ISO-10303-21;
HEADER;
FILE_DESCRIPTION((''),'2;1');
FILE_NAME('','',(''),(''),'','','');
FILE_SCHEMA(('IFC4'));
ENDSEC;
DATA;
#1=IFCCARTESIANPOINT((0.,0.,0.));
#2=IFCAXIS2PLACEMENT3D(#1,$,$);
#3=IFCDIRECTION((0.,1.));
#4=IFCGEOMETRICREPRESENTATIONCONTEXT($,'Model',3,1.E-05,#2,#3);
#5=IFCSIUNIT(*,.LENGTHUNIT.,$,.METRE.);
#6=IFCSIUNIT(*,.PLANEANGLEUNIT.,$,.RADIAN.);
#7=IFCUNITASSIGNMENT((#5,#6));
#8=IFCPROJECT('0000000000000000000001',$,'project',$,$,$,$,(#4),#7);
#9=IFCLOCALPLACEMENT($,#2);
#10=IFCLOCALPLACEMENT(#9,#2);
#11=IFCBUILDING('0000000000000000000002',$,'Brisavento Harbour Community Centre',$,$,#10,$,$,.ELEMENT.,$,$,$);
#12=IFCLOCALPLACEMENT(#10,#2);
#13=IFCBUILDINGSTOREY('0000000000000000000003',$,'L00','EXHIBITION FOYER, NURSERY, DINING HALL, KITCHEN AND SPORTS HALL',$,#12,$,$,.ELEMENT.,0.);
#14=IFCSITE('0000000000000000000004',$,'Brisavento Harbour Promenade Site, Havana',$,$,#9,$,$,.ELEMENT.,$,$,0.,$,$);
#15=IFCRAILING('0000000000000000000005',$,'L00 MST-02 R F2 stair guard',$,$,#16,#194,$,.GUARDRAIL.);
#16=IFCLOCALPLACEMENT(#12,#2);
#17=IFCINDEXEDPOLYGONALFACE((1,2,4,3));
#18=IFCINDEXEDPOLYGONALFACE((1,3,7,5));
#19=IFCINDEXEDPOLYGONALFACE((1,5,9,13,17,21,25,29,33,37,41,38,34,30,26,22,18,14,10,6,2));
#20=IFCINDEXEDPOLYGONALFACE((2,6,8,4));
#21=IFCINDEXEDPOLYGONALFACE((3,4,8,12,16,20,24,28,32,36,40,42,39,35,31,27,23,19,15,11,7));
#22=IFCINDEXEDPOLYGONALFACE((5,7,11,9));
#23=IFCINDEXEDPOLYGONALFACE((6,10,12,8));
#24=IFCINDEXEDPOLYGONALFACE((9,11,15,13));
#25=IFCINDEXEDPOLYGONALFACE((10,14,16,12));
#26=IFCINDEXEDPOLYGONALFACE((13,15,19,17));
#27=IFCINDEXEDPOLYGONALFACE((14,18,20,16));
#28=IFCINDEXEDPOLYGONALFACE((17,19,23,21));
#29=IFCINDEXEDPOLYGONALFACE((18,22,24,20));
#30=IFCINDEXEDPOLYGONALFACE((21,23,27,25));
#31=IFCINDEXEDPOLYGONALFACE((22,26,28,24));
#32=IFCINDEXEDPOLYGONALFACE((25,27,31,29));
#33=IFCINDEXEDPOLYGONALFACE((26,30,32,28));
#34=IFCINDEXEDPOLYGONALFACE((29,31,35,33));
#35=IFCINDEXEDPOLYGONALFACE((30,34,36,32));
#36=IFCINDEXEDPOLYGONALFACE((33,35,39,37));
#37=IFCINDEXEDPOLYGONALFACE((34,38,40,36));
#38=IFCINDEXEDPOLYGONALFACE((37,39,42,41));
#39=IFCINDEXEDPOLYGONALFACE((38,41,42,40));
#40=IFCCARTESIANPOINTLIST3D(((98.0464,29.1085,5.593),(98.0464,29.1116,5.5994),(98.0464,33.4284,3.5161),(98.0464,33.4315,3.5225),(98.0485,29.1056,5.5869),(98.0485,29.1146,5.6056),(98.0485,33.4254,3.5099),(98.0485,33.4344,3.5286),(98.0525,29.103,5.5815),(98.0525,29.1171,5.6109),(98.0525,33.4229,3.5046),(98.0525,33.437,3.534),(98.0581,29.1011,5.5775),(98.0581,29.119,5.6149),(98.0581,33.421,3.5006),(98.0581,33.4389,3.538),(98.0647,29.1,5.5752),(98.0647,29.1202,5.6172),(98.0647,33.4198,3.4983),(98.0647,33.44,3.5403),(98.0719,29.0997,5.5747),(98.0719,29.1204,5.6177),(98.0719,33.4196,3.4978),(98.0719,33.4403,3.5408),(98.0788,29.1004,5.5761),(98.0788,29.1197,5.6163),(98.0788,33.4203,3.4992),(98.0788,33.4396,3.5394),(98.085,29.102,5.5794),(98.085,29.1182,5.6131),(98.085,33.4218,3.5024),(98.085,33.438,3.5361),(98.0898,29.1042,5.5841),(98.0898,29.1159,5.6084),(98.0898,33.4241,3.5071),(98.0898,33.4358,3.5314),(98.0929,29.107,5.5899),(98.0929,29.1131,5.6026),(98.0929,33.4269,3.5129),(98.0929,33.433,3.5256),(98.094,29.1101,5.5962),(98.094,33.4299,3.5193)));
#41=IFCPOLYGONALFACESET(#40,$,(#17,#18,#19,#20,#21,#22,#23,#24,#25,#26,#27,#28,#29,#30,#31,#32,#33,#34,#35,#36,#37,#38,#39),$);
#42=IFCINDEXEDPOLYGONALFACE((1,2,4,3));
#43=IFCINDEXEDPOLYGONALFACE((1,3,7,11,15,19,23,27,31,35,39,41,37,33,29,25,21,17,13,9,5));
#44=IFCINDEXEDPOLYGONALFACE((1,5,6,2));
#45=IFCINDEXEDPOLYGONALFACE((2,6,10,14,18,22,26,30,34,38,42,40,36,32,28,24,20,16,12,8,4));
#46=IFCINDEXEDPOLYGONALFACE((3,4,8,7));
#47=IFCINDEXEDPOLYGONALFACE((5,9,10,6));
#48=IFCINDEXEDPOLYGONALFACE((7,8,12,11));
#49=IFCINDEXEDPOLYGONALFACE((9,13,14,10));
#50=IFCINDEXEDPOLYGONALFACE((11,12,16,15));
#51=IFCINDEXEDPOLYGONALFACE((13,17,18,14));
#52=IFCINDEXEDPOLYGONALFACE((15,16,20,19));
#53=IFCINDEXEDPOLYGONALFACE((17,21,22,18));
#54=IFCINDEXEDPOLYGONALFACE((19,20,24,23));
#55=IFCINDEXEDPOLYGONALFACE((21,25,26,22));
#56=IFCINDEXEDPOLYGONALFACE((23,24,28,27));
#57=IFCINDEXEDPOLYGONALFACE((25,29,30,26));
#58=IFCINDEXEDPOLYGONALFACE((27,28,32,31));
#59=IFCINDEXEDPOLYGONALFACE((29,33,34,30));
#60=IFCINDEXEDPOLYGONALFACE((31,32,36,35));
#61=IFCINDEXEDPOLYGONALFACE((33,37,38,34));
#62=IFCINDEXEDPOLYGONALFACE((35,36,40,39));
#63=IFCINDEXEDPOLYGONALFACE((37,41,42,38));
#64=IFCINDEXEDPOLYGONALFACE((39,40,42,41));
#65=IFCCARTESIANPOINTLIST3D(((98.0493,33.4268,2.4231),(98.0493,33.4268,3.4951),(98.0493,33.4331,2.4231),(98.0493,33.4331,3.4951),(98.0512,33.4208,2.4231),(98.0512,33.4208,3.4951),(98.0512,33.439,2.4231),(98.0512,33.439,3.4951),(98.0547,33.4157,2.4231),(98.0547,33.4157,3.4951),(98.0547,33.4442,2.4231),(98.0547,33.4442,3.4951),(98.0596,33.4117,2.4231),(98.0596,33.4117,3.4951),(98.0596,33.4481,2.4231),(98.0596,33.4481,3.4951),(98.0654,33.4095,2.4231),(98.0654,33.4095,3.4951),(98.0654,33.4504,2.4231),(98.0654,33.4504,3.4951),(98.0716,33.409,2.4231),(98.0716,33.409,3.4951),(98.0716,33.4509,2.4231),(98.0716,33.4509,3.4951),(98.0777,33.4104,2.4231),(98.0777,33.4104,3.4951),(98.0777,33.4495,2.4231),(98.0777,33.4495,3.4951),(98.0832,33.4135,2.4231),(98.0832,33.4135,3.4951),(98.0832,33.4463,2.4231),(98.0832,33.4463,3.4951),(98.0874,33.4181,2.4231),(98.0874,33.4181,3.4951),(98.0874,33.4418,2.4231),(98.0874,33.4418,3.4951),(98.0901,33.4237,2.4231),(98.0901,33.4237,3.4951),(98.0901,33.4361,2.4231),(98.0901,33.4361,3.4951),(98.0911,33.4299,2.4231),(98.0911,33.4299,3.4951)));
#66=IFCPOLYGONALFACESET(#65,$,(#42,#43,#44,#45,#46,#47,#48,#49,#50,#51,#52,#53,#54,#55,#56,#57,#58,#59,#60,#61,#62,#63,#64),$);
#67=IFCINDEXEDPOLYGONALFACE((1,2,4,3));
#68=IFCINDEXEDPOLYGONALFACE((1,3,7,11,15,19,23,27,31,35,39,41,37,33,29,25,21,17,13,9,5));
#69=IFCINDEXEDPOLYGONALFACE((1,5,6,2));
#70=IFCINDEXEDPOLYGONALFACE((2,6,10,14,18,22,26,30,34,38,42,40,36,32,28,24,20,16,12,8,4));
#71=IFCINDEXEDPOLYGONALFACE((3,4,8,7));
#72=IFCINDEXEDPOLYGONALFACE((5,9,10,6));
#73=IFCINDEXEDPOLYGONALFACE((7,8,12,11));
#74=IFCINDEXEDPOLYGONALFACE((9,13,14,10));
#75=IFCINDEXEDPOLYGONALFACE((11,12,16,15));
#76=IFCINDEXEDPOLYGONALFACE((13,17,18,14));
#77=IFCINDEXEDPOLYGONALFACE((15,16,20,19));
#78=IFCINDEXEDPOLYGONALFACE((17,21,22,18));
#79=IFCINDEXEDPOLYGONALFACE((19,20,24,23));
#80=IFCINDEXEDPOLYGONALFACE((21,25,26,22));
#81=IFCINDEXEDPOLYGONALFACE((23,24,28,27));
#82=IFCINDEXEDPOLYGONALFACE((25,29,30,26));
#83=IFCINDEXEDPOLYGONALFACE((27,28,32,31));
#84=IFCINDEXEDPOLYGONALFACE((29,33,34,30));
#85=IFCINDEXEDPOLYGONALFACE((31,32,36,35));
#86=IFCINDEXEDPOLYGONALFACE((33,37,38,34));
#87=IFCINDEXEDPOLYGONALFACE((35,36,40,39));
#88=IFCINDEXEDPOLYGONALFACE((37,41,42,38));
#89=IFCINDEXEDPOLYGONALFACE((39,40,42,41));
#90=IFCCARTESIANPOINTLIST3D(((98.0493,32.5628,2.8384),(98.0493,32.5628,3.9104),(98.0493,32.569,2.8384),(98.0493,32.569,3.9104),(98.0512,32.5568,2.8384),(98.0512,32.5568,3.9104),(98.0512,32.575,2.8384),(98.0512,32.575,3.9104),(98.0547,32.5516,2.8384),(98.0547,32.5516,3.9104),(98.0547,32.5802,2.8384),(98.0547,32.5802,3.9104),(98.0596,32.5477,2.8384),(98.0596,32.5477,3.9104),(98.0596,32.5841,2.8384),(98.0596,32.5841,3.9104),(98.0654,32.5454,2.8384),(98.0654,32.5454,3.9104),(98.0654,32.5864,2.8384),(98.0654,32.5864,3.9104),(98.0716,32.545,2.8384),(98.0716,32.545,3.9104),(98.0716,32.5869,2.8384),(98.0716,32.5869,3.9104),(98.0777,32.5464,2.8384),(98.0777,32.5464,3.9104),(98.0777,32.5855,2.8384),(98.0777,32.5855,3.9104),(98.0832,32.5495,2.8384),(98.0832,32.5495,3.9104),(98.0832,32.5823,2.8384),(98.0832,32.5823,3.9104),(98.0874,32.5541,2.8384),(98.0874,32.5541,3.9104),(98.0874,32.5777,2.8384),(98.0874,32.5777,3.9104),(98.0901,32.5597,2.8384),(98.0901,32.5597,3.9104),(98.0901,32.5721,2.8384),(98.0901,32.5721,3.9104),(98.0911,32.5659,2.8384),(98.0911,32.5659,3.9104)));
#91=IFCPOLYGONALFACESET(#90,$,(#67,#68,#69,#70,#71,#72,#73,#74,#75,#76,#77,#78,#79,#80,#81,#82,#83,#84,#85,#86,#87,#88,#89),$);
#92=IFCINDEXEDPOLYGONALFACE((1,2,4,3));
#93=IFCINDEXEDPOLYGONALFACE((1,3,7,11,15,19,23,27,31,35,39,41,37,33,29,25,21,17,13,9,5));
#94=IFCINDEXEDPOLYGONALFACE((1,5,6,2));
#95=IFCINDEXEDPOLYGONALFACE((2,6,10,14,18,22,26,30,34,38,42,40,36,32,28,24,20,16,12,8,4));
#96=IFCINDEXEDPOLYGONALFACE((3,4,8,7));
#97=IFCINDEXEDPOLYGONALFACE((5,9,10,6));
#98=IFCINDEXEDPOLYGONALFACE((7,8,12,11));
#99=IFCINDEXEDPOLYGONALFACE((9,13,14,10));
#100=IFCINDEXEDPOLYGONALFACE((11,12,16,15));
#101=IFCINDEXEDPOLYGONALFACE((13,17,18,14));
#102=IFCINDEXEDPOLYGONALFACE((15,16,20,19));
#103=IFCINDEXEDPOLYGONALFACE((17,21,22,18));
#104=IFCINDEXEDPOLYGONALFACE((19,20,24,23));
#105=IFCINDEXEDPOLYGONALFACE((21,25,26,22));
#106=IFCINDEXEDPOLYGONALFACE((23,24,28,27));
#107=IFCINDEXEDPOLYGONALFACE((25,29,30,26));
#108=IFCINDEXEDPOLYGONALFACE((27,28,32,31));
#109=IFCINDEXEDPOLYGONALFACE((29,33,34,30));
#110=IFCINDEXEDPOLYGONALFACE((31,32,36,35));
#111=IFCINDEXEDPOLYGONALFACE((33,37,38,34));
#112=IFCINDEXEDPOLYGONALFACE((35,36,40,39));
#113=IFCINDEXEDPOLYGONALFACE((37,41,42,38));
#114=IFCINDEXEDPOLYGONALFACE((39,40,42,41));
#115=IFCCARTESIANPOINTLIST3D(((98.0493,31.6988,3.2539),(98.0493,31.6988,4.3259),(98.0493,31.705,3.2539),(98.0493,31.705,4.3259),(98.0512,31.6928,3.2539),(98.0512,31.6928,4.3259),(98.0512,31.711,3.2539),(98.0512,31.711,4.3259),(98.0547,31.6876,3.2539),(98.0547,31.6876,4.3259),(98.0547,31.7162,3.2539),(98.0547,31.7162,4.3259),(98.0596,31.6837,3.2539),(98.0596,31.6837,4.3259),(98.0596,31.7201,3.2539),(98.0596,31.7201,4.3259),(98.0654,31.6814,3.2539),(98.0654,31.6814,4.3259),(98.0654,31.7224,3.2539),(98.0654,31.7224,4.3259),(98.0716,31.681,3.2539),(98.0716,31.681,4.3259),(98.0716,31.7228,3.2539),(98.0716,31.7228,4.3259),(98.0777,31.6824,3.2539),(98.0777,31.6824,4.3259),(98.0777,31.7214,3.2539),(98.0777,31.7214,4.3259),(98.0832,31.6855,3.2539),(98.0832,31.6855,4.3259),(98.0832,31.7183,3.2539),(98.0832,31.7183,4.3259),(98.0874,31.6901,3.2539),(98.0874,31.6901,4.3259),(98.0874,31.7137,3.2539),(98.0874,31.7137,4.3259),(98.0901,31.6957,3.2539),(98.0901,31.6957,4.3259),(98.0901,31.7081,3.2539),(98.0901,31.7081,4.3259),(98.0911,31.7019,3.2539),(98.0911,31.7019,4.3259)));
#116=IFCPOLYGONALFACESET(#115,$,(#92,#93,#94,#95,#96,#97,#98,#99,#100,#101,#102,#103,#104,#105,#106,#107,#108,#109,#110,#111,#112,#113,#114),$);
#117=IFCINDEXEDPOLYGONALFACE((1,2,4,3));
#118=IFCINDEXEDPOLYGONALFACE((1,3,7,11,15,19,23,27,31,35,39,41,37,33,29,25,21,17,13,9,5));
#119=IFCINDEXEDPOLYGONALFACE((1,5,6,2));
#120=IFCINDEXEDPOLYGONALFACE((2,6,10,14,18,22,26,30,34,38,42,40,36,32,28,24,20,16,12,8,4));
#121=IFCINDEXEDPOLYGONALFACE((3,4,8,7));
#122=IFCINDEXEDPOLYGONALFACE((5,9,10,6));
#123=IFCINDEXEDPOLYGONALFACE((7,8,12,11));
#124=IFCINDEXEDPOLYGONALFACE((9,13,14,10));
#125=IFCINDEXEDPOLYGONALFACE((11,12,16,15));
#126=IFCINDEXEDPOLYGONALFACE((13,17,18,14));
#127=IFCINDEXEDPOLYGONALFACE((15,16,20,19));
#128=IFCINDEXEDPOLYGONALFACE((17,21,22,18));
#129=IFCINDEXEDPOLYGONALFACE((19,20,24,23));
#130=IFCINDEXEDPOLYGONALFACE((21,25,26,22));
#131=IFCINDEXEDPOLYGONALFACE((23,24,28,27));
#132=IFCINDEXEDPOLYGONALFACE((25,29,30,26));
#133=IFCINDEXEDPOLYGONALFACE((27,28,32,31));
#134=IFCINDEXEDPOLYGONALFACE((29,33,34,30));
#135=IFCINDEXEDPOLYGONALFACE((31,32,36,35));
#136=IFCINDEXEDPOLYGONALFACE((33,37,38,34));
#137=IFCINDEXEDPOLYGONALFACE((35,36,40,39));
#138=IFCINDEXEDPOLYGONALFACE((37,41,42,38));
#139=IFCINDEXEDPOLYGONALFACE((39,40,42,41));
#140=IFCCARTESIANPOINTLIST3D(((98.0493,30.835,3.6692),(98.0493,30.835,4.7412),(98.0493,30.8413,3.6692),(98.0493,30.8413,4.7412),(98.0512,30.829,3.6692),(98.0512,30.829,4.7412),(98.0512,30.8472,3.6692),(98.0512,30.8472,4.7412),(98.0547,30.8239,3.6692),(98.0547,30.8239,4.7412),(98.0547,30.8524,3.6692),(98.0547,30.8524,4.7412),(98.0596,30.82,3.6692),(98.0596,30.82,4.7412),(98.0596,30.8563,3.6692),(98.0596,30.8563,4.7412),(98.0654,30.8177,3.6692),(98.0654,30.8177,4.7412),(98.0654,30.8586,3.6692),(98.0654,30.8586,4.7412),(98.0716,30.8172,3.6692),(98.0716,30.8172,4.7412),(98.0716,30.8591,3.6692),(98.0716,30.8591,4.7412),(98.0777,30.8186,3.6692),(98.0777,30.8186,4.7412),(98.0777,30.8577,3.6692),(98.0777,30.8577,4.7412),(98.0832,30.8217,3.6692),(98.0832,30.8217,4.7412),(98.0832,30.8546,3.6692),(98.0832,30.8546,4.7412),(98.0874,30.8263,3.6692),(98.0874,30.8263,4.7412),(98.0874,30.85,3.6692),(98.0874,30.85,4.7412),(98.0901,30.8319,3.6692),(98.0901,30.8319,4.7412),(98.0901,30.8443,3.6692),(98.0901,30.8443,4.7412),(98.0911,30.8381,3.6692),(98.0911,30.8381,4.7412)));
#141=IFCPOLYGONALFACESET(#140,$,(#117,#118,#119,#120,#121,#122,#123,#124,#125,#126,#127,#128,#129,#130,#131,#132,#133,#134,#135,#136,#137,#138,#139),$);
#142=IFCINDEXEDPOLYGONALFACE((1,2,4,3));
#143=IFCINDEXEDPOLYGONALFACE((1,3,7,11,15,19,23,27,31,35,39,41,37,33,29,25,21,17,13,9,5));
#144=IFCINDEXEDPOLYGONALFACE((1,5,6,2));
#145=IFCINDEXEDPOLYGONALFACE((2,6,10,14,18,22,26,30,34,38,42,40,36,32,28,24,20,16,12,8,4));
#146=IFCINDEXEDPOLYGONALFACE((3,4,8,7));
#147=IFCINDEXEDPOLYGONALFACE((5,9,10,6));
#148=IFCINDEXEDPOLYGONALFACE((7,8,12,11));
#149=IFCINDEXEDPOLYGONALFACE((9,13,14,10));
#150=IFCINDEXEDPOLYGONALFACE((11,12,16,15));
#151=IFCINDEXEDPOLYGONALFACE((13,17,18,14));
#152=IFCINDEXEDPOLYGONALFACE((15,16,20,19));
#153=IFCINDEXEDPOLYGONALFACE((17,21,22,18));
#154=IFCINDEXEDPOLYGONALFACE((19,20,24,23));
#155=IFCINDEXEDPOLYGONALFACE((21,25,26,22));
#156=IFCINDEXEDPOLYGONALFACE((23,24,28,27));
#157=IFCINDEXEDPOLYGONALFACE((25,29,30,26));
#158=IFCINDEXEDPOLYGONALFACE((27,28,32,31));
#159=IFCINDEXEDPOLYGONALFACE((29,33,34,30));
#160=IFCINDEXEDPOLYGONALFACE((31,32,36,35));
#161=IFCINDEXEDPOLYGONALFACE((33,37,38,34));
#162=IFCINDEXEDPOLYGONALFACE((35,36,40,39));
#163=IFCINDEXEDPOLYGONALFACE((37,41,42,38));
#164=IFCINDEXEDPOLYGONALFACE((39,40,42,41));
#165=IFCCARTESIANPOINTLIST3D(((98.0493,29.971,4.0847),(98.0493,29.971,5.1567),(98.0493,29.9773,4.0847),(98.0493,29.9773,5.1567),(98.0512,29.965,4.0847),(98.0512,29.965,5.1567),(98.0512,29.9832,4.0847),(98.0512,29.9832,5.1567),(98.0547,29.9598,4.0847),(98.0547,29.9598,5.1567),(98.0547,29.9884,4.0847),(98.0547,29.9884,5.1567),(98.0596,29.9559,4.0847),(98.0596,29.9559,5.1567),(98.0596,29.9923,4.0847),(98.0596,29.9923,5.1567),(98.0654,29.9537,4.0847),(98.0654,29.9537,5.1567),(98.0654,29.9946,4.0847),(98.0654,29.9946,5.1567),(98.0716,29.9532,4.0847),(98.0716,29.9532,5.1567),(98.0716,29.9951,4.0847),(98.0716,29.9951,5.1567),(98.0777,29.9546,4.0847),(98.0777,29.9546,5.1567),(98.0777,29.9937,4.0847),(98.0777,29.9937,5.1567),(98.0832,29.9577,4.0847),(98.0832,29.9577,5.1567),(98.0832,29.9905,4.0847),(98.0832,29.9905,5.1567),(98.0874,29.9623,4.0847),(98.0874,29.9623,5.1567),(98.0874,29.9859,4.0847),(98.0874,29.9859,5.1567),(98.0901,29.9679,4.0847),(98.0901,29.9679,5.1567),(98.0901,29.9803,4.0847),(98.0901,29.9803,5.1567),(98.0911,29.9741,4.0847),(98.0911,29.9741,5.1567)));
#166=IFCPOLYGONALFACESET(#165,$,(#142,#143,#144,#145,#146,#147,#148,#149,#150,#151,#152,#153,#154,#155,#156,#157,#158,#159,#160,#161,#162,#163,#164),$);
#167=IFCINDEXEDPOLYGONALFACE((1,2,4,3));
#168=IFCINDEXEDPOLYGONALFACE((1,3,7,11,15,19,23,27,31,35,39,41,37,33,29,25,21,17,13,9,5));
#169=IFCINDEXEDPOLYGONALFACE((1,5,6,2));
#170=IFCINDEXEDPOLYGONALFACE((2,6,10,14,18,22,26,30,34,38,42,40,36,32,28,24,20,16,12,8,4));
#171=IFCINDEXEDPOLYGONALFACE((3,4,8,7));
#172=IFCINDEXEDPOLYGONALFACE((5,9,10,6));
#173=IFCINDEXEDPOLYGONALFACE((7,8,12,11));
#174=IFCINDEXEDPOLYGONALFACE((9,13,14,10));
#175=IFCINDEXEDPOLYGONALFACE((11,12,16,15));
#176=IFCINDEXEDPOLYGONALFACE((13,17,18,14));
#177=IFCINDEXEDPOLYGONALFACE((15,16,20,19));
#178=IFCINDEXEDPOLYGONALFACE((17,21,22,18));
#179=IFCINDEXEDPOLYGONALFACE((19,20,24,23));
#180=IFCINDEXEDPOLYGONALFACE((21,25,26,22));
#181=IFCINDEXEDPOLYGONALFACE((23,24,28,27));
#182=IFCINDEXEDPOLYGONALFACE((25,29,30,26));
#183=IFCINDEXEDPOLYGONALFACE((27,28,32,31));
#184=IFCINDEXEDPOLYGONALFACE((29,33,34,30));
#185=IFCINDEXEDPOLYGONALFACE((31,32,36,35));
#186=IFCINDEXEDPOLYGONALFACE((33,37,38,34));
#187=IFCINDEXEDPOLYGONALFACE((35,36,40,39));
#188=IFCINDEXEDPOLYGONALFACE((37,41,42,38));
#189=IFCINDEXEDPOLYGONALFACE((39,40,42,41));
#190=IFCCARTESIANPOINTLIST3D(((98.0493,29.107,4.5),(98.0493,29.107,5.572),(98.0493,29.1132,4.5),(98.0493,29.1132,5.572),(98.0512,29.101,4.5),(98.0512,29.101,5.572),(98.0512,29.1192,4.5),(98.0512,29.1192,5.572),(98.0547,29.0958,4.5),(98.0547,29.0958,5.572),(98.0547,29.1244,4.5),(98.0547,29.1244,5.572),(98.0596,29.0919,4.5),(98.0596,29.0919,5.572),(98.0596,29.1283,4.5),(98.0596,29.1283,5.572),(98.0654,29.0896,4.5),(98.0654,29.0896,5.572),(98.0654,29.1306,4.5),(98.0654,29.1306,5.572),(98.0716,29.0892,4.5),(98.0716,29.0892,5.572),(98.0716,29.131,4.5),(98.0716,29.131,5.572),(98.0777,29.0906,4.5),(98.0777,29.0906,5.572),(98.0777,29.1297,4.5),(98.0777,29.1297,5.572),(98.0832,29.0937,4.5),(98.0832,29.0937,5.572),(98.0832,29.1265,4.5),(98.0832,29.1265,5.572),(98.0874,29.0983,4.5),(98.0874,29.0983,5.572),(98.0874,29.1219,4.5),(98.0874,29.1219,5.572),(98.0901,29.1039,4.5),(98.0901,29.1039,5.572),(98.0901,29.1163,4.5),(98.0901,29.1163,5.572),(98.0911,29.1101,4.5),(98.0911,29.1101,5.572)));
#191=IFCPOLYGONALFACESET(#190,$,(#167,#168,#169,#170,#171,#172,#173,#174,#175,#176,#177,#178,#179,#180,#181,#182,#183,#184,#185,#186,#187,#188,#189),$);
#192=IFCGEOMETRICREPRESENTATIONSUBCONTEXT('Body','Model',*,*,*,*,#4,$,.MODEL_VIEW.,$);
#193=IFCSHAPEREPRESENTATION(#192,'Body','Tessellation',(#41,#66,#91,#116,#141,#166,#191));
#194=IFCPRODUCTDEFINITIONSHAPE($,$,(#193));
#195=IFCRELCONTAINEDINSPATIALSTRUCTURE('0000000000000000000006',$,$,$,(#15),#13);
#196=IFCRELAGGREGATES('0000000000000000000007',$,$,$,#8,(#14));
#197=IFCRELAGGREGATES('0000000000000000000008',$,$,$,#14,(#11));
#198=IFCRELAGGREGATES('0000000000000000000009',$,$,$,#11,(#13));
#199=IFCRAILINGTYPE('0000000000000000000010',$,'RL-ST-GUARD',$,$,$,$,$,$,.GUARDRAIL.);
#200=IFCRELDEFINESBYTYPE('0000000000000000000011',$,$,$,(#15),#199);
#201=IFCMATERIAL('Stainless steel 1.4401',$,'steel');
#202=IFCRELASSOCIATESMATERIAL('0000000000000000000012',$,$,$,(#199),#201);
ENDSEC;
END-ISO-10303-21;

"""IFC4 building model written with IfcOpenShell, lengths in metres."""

from ifc_helpers import new_model, si_unit, direction, frame, origin, origin_2d, place, context, subcontext, project, spatial, circle, extrude, material, type_object, element, save


model = new_model("IFC4")

# Units and contexts
model_context = context("Model", 3, precision=1e-05, world=origin(), true_north=direction((0.0, 1.0)))
body_context = subcontext(model_context, "Body", "Model", "MODEL_VIEW")
ifc_project = project(units=[si_unit("LENGTHUNIT", "METRE"), si_unit("PLANEANGLEUNIT", "RADIAN")], contexts=[model_context])

# Site, building, storey
site_placement = place(None, origin())
site = spatial("IfcSite", under=ifc_project, at=site_placement, Name="Brisavento Harbour Promenade Site, Havana", CompositionType="ELEMENT", RefElevation=0.0)
building_placement = place(site_placement, origin())
building = spatial("IfcBuilding", under=site, at=building_placement, Name="Brisavento Harbour Community Centre", CompositionType="ELEMENT")
storey_placement = place(building_placement, origin())
storey = spatial("IfcBuildingStorey", under=building, at=storey_placement, Name="L00", Description="EXHIBITION FOYER, NURSERY, DINING HALL, KITCHEN AND SPORTS HALL", CompositionType="ELEMENT", Elevation=0.0)

# Railing
ifc_material_1 = material(Name="Stainless steel 1.4401", Category="steel")
railing_type = type_object("IfcRailingType", Name="RL-ST-GUARD", PredefinedType="GUARDRAIL", material=ifc_material_1)
railing_1_placement = place(storey_placement, frame((98.0701, 33.4299, 2.4231)))
element("IfcRailing", 1, at=railing_1_placement, inside=storey, type_object=railing_type, Name="L00 MST-02 R F2 stair guard", PredefinedType="GUARDRAIL", context=body_context, shape_type="SweptSolid", body=[
    extrude(circle(Radius=0.0239, at=origin_2d()), frame((0.0, 0.0, 1.0962), z_axis=(0.0, -0.901247, 0.433306), x_axis=(1.0, 0.0, 0.0)), (0.0, 0.0, 1.0), 4.7932),
    extrude(circle(Radius=0.021, at=origin_2d()), origin(), (0.0, 0.0, 1.0), 1.072),
    extrude(circle(Radius=0.021, at=origin_2d()), frame((0.0, -0.864, 0.4153)), (0.0, 0.0, 1.0), 1.072),
    extrude(circle(Radius=0.021, at=origin_2d()), frame((0.0, -1.728, 0.8308)), (0.0, 0.0, 1.0), 1.072),
    extrude(circle(Radius=0.021, at=origin_2d()), frame((0.0, -2.5918, 1.2461)), (0.0, 0.0, 1.0), 1.072),
    extrude(circle(Radius=0.021, at=origin_2d()), frame((0.0, -3.4558, 1.6616)), (0.0, 0.0, 1.0), 1.072),
    extrude(circle(Radius=0.021, at=origin_2d()), frame((0.0, -4.3198, 2.0769)), (0.0, 0.0, 1.0), 1.072),
])

save(model, "model.ifc")
